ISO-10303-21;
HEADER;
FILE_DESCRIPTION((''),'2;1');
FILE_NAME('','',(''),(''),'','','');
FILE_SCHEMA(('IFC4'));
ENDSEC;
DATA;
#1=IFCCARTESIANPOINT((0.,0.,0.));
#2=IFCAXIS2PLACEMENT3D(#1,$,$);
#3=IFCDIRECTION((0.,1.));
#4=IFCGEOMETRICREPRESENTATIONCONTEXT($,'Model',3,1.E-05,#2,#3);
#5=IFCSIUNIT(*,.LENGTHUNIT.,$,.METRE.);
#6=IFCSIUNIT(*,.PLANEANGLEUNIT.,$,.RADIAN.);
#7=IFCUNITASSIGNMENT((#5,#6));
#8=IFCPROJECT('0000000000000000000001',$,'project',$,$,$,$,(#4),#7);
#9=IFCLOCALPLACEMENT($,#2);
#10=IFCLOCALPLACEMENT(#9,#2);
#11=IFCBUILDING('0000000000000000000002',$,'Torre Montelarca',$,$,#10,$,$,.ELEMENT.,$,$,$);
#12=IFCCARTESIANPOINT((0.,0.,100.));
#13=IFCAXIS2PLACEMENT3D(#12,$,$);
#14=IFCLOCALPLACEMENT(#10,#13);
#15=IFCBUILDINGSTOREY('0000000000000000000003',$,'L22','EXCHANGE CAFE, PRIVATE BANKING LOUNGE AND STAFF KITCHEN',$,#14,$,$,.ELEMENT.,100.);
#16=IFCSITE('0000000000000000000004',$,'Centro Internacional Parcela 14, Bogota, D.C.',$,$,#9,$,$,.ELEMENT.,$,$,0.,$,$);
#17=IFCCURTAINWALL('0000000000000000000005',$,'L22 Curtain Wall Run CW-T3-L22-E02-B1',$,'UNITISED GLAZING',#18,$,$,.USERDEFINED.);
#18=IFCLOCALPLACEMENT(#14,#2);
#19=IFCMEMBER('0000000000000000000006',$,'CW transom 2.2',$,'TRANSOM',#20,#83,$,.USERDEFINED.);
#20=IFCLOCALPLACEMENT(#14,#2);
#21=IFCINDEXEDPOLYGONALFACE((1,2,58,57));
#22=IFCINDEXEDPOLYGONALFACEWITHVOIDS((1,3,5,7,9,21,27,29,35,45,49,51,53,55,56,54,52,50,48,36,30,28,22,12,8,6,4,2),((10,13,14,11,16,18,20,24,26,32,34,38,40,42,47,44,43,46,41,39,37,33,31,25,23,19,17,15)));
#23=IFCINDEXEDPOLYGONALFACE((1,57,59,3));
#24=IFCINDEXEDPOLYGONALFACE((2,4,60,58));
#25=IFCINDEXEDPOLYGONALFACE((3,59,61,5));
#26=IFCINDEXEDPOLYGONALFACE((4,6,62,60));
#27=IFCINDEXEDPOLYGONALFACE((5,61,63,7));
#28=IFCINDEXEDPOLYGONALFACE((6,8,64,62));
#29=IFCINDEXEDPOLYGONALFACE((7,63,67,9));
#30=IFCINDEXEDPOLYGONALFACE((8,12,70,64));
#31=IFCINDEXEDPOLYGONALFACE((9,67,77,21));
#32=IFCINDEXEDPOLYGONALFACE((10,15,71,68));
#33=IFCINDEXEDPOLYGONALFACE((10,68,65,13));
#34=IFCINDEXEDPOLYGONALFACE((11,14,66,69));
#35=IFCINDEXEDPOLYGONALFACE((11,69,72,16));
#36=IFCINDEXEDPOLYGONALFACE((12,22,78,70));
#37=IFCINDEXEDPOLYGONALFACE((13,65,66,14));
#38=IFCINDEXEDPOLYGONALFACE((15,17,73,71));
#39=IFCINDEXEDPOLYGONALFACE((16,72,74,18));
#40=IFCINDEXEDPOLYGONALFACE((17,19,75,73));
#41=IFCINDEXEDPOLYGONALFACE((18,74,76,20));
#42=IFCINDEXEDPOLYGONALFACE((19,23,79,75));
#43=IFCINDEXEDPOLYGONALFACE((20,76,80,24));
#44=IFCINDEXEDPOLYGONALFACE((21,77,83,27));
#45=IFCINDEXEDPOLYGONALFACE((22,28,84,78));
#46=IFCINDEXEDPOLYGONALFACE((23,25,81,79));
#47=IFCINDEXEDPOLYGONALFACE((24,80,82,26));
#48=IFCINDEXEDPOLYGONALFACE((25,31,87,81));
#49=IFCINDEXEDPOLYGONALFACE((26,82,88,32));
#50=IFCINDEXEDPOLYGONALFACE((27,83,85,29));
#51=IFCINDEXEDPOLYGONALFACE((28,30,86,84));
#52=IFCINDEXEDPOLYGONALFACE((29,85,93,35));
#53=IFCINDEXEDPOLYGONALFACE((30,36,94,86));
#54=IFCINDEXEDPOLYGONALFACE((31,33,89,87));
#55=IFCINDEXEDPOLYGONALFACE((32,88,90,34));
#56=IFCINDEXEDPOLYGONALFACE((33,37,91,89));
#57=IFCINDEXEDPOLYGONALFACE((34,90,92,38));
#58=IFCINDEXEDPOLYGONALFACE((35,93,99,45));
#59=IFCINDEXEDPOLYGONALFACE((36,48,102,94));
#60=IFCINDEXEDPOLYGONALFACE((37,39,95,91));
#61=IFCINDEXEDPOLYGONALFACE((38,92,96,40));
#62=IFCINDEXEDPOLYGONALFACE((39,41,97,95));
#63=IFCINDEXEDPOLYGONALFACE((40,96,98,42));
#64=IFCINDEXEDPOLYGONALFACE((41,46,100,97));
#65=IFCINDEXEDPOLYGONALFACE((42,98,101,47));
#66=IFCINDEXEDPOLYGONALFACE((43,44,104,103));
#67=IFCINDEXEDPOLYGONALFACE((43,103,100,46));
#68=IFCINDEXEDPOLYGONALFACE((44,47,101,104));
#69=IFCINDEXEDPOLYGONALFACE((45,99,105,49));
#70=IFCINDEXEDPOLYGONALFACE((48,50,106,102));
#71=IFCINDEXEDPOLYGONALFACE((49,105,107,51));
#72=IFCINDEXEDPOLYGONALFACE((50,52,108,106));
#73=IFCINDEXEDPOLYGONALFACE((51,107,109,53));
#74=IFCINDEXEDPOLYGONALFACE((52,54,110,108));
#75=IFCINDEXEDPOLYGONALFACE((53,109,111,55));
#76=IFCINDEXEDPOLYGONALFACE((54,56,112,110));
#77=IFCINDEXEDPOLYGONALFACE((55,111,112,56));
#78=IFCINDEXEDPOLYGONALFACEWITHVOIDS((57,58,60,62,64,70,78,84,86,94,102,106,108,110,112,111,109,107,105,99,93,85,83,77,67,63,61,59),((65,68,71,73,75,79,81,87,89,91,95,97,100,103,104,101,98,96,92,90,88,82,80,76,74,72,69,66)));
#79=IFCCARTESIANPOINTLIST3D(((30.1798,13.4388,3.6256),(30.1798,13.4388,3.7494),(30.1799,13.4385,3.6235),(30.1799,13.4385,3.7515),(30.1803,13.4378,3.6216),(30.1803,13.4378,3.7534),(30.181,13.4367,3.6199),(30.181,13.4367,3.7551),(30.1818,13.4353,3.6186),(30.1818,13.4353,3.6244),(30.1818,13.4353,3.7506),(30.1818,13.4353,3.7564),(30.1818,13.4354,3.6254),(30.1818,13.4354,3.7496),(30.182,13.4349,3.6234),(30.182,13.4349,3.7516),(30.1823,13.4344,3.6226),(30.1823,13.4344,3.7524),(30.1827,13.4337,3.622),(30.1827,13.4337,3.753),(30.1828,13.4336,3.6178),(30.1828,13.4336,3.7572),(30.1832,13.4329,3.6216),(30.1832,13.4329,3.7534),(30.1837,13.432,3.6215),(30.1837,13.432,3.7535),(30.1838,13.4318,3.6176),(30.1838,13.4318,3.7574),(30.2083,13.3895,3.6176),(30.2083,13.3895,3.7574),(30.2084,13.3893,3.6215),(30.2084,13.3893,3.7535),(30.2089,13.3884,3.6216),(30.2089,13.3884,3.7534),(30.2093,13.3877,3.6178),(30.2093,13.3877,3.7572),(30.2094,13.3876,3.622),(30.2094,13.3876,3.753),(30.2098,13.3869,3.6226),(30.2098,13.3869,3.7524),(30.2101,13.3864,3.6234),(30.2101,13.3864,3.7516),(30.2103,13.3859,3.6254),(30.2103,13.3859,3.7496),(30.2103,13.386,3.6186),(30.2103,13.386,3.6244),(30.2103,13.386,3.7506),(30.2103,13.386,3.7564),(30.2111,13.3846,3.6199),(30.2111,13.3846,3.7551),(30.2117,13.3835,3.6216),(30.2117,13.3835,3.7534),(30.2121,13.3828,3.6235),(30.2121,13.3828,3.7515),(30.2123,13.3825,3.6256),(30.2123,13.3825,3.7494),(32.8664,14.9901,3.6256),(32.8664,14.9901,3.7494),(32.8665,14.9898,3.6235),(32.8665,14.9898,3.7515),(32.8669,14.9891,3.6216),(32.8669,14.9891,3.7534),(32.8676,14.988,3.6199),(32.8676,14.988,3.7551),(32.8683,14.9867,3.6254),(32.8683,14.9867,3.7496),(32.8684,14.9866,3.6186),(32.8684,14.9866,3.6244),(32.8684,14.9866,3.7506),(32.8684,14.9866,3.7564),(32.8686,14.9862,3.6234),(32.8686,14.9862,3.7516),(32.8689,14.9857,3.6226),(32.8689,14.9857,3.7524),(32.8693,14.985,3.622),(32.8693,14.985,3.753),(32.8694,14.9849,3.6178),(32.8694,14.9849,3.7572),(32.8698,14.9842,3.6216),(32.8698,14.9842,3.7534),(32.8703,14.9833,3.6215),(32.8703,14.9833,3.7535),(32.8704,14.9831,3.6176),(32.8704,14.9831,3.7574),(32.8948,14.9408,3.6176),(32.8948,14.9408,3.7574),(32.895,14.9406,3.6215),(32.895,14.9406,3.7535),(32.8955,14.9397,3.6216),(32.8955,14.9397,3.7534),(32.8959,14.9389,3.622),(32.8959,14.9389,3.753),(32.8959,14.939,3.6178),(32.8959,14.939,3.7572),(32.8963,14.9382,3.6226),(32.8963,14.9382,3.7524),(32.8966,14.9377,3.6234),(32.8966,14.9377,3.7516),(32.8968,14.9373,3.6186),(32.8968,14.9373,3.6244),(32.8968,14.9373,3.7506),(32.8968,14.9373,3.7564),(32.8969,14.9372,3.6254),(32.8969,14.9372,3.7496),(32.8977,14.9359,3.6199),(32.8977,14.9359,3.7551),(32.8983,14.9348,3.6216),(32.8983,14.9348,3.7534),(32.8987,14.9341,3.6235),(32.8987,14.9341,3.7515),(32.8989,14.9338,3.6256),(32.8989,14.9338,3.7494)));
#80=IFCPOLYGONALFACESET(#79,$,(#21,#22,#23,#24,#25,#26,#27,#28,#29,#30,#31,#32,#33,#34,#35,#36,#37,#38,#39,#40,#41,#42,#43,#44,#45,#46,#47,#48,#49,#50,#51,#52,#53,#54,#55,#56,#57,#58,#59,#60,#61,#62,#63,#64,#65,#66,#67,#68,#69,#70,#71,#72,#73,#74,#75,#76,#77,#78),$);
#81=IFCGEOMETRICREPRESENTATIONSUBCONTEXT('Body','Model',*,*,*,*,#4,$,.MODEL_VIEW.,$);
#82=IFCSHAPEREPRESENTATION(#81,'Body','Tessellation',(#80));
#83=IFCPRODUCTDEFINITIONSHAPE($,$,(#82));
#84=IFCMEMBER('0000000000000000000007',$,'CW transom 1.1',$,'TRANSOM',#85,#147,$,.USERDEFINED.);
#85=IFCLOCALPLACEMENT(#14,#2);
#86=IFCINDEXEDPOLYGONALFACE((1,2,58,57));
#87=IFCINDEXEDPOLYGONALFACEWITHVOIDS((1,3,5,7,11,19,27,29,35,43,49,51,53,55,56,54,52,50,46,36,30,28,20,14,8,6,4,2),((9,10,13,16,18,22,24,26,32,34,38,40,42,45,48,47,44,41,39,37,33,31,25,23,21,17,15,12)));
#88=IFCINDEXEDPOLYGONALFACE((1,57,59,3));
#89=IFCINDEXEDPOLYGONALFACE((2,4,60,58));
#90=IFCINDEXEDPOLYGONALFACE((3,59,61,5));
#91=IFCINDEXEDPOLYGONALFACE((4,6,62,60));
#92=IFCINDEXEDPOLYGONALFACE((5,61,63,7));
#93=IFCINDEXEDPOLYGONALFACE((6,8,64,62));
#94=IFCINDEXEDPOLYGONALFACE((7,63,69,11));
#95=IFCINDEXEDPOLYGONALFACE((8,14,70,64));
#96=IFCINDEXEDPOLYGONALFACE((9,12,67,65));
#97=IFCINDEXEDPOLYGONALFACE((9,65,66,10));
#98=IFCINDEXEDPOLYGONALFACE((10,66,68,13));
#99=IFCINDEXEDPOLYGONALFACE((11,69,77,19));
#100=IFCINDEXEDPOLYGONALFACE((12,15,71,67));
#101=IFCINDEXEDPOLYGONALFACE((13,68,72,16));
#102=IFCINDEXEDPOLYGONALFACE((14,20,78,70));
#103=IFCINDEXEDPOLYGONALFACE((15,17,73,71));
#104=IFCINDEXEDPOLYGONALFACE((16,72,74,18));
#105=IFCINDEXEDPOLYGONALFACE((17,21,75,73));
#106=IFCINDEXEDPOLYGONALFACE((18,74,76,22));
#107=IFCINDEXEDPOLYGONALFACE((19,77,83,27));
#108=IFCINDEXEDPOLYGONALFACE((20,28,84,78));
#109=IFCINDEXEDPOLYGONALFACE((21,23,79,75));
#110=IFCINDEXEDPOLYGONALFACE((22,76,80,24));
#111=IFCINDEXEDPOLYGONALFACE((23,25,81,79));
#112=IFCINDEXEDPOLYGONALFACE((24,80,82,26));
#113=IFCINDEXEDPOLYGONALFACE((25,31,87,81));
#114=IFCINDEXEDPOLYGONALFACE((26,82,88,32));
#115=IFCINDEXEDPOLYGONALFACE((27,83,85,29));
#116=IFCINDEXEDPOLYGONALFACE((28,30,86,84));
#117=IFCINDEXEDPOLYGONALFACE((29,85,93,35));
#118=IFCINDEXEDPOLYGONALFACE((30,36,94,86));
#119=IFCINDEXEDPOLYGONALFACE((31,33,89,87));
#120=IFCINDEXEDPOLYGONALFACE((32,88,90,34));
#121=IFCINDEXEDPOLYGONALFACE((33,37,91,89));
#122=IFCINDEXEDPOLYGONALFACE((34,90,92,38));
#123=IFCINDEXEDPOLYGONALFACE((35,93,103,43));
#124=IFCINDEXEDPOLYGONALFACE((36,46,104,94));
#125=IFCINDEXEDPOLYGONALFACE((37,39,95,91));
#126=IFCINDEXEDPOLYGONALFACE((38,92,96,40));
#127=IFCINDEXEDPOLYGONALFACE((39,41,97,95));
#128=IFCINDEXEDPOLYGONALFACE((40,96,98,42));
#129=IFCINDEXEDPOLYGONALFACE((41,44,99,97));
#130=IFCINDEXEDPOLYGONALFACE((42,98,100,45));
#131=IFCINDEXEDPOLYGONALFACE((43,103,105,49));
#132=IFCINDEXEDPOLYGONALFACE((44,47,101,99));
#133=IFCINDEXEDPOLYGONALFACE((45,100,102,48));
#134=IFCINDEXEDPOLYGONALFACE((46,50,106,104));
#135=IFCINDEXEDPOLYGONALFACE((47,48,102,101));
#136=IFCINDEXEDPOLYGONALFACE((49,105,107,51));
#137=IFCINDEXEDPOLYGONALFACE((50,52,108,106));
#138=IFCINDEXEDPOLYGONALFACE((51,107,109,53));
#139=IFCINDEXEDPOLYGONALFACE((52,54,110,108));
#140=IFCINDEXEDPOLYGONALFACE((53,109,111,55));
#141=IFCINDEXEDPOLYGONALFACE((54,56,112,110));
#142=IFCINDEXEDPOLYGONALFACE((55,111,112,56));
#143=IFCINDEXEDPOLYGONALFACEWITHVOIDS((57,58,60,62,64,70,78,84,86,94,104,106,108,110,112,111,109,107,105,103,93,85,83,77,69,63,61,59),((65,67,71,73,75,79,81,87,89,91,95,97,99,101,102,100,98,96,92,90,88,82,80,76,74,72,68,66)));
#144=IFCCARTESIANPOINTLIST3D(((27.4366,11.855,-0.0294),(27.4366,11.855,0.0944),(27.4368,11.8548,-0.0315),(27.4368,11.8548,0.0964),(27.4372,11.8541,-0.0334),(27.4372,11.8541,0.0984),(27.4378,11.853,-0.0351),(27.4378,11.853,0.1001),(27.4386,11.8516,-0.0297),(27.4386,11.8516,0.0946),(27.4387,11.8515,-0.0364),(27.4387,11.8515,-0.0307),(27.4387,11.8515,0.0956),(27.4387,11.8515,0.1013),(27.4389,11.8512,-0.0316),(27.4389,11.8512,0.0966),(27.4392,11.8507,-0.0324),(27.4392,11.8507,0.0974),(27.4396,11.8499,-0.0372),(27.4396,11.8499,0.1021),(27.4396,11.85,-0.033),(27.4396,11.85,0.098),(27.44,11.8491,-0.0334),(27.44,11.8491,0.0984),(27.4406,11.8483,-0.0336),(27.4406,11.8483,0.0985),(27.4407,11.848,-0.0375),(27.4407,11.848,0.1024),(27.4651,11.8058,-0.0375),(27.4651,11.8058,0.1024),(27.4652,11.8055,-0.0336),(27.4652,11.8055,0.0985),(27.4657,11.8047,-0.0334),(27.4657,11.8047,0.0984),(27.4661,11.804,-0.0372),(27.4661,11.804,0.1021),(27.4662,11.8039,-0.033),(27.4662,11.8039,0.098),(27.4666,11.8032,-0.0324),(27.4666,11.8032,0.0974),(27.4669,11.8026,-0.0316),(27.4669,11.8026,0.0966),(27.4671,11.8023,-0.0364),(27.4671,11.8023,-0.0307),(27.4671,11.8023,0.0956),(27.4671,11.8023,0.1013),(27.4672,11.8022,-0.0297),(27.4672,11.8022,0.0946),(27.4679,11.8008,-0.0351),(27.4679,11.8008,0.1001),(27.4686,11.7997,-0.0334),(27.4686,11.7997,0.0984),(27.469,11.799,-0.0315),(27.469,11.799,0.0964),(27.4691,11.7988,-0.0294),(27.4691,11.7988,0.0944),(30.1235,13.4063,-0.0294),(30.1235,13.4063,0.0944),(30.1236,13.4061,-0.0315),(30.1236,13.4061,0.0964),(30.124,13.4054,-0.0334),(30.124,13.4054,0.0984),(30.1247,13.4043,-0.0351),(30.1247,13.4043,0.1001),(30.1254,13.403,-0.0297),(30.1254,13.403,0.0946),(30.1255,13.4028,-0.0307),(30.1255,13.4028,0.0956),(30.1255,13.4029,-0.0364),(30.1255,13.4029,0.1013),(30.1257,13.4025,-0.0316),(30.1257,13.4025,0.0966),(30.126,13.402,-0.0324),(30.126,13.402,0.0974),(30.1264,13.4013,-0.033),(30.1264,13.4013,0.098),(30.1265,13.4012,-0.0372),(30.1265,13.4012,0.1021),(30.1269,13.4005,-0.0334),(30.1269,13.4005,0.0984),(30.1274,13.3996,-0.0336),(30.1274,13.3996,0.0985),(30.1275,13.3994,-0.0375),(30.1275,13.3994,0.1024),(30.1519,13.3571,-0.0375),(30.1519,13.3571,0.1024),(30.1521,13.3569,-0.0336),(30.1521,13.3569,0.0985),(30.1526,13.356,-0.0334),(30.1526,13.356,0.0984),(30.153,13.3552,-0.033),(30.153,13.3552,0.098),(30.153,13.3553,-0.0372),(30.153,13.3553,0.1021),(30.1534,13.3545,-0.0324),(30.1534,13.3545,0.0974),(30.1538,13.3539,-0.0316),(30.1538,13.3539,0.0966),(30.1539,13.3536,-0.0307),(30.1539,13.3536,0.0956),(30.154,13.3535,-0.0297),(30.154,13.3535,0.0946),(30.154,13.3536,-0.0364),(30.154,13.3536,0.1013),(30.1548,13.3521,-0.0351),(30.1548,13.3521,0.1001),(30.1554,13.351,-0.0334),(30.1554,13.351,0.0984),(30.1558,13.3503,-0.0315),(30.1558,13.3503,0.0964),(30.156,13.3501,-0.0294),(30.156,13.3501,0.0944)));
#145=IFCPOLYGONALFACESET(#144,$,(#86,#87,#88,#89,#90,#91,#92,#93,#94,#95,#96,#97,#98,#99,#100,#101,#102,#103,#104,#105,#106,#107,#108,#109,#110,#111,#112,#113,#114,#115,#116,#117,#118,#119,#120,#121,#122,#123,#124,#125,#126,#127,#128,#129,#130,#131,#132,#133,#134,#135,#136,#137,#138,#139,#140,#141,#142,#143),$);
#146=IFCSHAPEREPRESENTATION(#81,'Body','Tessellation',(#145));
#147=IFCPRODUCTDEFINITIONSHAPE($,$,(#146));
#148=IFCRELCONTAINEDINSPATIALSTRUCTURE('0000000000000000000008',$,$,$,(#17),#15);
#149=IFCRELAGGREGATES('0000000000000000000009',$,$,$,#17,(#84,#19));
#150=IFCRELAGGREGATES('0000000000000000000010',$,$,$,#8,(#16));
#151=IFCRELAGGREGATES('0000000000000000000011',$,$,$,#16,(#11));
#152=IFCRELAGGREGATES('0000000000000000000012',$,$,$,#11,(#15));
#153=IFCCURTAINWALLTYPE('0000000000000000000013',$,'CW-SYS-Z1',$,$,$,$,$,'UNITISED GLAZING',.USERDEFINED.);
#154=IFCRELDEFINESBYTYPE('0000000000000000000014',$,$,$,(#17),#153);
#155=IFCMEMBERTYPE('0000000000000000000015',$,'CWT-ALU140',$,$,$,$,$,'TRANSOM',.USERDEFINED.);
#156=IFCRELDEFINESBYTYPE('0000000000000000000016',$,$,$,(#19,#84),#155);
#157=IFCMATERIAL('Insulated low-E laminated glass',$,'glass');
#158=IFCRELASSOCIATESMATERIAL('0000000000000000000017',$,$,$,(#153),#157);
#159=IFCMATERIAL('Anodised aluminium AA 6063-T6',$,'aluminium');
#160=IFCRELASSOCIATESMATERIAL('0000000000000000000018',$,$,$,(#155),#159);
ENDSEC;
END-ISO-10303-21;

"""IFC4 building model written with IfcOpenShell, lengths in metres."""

from ifc_helpers import new_model, si_unit, direction, frame, origin, origin_2d, place, context, subcontext, project, spatial, hollow_rectangle, extrude, source, transform, mapped, material, material_profile, profile_set, type_object, element, aggregate, save


model = new_model("IFC4")

# Units and contexts
model_context = context("Model", 3, precision=1e-05, world=origin(), true_north=direction((0.0, 1.0)))
body_context = subcontext(model_context, "Body", "Model", "MODEL_VIEW")
ifc_project = project(units=[si_unit("LENGTHUNIT", "METRE"), si_unit("PLANEANGLEUNIT", "RADIAN")], contexts=[model_context])

# Site, building, storey
site_placement = place(None, origin())
site = spatial("IfcSite", under=ifc_project, at=site_placement, Name="Centro Internacional Parcela 14, Bogota, D.C.", CompositionType="ELEMENT", RefElevation=0.0)
building_placement = place(site_placement, origin())
building = spatial("IfcBuilding", under=site, at=building_placement, Name="Torre Montelarca", CompositionType="ELEMENT")
storey_placement = place(building_placement, frame((0.0, 0.0, 100.0)))
storey = spatial("IfcBuildingStorey", under=building, at=storey_placement, Name="L22", Description="EXCHANGE CAFE, PRIVATE BANKING LOUNGE AND STAFF KITCHEN", CompositionType="ELEMENT", Elevation=100.0)

# Curtain wall, members
ifc_material_1 = material(Name="Insulated low-E laminated glass", Category="glass")
curtain_wall_type = type_object("IfcCurtainWallType", Name="CW-SYS-Z1", ElementType="UNITISED GLAZING", PredefinedType="USERDEFINED", material=ifc_material_1)
ifc_material_2 = material(Name="Anodised aluminium AA 6063-T6", Category="aluminium")
ifc_material_profile_1 = material_profile(ifc_material_2, hollow_rectangle(XDim=0.0649, YDim=0.1399, WallThickness=0.0039, InnerFilletRadius=0.0039, OuterFilletRadius=0.0081, at=origin_2d()), Name="ALU65X140X4", Category="aluminium")
ifc_profile_set_1 = profile_set([ifc_material_profile_1], Name="Anodised aluminium AA 6063-T6")
member_type_1 = type_object("IfcMemberType", Name="CWT-ALU140", ElementType="TRANSOM", PredefinedType="USERDEFINED", material=ifc_profile_set_1)
curtain_wall_1_placement = place(storey_placement, origin())
curtain_wall_1 = element("IfcCurtainWall", 1, at=curtain_wall_1_placement, inside=storey, type_object=curtain_wall_type, Name="L22 Curtain Wall Run CW-T3-L22-E02-B1", ObjectType="UNITISED GLAZING", PredefinedType="USERDEFINED")
shared_shape_1 = source(origin(), body_context, "Body", "SweptSolid", [
    extrude(hollow_rectangle(XDim=0.0649, YDim=0.1399, WallThickness=0.0039, InnerFilletRadius=0.0039, OuterFilletRadius=0.0081, at=origin_2d()), origin(), (0.0, 0.0, 1.0), 3.1023),
])
member_1_placement = place(storey_placement, frame((30.196, 13.4106, 3.6875), z_axis=(0.865997, 0.500049, 0.0), x_axis=(-0.500049, 0.865997, 0.0)))
member_1 = element("IfcMember", 2, at=member_1_placement, type_object=member_type_1, Name="CW transom 2.2", ObjectType="TRANSOM", PredefinedType="USERDEFINED", context=body_context, shape_type="MappedRepresentation", body=[
    mapped(shared_shape_1, transform((0.0, 0.0, 0.0), scale=1.0)),
])
shared_shape_2 = source(origin(), body_context, "Body", "SweptSolid", [
    extrude(hollow_rectangle(XDim=0.0649, YDim=0.1399, WallThickness=0.0039, InnerFilletRadius=0.0039, OuterFilletRadius=0.0081, at=origin_2d()), origin(), (0.0, 0.0, 1.0), 3.1025),
])
member_2_placement = place(storey_placement, frame((27.4529, 11.8269, 0.0325), z_axis=(0.866017, 0.500015, 0.0), x_axis=(-0.500015, 0.866017, 0.0)))
member_2 = element("IfcMember", 3, at=member_2_placement, type_object=member_type_1, Name="CW transom 1.1", ObjectType="TRANSOM", PredefinedType="USERDEFINED", context=body_context, shape_type="MappedRepresentation", body=[
    mapped(shared_shape_2, transform((0.0, 0.0, 0.0), scale=1.0)),
])

aggregate(curtain_wall_1, [member_2, member_1])

save(model, "model.ifc")
